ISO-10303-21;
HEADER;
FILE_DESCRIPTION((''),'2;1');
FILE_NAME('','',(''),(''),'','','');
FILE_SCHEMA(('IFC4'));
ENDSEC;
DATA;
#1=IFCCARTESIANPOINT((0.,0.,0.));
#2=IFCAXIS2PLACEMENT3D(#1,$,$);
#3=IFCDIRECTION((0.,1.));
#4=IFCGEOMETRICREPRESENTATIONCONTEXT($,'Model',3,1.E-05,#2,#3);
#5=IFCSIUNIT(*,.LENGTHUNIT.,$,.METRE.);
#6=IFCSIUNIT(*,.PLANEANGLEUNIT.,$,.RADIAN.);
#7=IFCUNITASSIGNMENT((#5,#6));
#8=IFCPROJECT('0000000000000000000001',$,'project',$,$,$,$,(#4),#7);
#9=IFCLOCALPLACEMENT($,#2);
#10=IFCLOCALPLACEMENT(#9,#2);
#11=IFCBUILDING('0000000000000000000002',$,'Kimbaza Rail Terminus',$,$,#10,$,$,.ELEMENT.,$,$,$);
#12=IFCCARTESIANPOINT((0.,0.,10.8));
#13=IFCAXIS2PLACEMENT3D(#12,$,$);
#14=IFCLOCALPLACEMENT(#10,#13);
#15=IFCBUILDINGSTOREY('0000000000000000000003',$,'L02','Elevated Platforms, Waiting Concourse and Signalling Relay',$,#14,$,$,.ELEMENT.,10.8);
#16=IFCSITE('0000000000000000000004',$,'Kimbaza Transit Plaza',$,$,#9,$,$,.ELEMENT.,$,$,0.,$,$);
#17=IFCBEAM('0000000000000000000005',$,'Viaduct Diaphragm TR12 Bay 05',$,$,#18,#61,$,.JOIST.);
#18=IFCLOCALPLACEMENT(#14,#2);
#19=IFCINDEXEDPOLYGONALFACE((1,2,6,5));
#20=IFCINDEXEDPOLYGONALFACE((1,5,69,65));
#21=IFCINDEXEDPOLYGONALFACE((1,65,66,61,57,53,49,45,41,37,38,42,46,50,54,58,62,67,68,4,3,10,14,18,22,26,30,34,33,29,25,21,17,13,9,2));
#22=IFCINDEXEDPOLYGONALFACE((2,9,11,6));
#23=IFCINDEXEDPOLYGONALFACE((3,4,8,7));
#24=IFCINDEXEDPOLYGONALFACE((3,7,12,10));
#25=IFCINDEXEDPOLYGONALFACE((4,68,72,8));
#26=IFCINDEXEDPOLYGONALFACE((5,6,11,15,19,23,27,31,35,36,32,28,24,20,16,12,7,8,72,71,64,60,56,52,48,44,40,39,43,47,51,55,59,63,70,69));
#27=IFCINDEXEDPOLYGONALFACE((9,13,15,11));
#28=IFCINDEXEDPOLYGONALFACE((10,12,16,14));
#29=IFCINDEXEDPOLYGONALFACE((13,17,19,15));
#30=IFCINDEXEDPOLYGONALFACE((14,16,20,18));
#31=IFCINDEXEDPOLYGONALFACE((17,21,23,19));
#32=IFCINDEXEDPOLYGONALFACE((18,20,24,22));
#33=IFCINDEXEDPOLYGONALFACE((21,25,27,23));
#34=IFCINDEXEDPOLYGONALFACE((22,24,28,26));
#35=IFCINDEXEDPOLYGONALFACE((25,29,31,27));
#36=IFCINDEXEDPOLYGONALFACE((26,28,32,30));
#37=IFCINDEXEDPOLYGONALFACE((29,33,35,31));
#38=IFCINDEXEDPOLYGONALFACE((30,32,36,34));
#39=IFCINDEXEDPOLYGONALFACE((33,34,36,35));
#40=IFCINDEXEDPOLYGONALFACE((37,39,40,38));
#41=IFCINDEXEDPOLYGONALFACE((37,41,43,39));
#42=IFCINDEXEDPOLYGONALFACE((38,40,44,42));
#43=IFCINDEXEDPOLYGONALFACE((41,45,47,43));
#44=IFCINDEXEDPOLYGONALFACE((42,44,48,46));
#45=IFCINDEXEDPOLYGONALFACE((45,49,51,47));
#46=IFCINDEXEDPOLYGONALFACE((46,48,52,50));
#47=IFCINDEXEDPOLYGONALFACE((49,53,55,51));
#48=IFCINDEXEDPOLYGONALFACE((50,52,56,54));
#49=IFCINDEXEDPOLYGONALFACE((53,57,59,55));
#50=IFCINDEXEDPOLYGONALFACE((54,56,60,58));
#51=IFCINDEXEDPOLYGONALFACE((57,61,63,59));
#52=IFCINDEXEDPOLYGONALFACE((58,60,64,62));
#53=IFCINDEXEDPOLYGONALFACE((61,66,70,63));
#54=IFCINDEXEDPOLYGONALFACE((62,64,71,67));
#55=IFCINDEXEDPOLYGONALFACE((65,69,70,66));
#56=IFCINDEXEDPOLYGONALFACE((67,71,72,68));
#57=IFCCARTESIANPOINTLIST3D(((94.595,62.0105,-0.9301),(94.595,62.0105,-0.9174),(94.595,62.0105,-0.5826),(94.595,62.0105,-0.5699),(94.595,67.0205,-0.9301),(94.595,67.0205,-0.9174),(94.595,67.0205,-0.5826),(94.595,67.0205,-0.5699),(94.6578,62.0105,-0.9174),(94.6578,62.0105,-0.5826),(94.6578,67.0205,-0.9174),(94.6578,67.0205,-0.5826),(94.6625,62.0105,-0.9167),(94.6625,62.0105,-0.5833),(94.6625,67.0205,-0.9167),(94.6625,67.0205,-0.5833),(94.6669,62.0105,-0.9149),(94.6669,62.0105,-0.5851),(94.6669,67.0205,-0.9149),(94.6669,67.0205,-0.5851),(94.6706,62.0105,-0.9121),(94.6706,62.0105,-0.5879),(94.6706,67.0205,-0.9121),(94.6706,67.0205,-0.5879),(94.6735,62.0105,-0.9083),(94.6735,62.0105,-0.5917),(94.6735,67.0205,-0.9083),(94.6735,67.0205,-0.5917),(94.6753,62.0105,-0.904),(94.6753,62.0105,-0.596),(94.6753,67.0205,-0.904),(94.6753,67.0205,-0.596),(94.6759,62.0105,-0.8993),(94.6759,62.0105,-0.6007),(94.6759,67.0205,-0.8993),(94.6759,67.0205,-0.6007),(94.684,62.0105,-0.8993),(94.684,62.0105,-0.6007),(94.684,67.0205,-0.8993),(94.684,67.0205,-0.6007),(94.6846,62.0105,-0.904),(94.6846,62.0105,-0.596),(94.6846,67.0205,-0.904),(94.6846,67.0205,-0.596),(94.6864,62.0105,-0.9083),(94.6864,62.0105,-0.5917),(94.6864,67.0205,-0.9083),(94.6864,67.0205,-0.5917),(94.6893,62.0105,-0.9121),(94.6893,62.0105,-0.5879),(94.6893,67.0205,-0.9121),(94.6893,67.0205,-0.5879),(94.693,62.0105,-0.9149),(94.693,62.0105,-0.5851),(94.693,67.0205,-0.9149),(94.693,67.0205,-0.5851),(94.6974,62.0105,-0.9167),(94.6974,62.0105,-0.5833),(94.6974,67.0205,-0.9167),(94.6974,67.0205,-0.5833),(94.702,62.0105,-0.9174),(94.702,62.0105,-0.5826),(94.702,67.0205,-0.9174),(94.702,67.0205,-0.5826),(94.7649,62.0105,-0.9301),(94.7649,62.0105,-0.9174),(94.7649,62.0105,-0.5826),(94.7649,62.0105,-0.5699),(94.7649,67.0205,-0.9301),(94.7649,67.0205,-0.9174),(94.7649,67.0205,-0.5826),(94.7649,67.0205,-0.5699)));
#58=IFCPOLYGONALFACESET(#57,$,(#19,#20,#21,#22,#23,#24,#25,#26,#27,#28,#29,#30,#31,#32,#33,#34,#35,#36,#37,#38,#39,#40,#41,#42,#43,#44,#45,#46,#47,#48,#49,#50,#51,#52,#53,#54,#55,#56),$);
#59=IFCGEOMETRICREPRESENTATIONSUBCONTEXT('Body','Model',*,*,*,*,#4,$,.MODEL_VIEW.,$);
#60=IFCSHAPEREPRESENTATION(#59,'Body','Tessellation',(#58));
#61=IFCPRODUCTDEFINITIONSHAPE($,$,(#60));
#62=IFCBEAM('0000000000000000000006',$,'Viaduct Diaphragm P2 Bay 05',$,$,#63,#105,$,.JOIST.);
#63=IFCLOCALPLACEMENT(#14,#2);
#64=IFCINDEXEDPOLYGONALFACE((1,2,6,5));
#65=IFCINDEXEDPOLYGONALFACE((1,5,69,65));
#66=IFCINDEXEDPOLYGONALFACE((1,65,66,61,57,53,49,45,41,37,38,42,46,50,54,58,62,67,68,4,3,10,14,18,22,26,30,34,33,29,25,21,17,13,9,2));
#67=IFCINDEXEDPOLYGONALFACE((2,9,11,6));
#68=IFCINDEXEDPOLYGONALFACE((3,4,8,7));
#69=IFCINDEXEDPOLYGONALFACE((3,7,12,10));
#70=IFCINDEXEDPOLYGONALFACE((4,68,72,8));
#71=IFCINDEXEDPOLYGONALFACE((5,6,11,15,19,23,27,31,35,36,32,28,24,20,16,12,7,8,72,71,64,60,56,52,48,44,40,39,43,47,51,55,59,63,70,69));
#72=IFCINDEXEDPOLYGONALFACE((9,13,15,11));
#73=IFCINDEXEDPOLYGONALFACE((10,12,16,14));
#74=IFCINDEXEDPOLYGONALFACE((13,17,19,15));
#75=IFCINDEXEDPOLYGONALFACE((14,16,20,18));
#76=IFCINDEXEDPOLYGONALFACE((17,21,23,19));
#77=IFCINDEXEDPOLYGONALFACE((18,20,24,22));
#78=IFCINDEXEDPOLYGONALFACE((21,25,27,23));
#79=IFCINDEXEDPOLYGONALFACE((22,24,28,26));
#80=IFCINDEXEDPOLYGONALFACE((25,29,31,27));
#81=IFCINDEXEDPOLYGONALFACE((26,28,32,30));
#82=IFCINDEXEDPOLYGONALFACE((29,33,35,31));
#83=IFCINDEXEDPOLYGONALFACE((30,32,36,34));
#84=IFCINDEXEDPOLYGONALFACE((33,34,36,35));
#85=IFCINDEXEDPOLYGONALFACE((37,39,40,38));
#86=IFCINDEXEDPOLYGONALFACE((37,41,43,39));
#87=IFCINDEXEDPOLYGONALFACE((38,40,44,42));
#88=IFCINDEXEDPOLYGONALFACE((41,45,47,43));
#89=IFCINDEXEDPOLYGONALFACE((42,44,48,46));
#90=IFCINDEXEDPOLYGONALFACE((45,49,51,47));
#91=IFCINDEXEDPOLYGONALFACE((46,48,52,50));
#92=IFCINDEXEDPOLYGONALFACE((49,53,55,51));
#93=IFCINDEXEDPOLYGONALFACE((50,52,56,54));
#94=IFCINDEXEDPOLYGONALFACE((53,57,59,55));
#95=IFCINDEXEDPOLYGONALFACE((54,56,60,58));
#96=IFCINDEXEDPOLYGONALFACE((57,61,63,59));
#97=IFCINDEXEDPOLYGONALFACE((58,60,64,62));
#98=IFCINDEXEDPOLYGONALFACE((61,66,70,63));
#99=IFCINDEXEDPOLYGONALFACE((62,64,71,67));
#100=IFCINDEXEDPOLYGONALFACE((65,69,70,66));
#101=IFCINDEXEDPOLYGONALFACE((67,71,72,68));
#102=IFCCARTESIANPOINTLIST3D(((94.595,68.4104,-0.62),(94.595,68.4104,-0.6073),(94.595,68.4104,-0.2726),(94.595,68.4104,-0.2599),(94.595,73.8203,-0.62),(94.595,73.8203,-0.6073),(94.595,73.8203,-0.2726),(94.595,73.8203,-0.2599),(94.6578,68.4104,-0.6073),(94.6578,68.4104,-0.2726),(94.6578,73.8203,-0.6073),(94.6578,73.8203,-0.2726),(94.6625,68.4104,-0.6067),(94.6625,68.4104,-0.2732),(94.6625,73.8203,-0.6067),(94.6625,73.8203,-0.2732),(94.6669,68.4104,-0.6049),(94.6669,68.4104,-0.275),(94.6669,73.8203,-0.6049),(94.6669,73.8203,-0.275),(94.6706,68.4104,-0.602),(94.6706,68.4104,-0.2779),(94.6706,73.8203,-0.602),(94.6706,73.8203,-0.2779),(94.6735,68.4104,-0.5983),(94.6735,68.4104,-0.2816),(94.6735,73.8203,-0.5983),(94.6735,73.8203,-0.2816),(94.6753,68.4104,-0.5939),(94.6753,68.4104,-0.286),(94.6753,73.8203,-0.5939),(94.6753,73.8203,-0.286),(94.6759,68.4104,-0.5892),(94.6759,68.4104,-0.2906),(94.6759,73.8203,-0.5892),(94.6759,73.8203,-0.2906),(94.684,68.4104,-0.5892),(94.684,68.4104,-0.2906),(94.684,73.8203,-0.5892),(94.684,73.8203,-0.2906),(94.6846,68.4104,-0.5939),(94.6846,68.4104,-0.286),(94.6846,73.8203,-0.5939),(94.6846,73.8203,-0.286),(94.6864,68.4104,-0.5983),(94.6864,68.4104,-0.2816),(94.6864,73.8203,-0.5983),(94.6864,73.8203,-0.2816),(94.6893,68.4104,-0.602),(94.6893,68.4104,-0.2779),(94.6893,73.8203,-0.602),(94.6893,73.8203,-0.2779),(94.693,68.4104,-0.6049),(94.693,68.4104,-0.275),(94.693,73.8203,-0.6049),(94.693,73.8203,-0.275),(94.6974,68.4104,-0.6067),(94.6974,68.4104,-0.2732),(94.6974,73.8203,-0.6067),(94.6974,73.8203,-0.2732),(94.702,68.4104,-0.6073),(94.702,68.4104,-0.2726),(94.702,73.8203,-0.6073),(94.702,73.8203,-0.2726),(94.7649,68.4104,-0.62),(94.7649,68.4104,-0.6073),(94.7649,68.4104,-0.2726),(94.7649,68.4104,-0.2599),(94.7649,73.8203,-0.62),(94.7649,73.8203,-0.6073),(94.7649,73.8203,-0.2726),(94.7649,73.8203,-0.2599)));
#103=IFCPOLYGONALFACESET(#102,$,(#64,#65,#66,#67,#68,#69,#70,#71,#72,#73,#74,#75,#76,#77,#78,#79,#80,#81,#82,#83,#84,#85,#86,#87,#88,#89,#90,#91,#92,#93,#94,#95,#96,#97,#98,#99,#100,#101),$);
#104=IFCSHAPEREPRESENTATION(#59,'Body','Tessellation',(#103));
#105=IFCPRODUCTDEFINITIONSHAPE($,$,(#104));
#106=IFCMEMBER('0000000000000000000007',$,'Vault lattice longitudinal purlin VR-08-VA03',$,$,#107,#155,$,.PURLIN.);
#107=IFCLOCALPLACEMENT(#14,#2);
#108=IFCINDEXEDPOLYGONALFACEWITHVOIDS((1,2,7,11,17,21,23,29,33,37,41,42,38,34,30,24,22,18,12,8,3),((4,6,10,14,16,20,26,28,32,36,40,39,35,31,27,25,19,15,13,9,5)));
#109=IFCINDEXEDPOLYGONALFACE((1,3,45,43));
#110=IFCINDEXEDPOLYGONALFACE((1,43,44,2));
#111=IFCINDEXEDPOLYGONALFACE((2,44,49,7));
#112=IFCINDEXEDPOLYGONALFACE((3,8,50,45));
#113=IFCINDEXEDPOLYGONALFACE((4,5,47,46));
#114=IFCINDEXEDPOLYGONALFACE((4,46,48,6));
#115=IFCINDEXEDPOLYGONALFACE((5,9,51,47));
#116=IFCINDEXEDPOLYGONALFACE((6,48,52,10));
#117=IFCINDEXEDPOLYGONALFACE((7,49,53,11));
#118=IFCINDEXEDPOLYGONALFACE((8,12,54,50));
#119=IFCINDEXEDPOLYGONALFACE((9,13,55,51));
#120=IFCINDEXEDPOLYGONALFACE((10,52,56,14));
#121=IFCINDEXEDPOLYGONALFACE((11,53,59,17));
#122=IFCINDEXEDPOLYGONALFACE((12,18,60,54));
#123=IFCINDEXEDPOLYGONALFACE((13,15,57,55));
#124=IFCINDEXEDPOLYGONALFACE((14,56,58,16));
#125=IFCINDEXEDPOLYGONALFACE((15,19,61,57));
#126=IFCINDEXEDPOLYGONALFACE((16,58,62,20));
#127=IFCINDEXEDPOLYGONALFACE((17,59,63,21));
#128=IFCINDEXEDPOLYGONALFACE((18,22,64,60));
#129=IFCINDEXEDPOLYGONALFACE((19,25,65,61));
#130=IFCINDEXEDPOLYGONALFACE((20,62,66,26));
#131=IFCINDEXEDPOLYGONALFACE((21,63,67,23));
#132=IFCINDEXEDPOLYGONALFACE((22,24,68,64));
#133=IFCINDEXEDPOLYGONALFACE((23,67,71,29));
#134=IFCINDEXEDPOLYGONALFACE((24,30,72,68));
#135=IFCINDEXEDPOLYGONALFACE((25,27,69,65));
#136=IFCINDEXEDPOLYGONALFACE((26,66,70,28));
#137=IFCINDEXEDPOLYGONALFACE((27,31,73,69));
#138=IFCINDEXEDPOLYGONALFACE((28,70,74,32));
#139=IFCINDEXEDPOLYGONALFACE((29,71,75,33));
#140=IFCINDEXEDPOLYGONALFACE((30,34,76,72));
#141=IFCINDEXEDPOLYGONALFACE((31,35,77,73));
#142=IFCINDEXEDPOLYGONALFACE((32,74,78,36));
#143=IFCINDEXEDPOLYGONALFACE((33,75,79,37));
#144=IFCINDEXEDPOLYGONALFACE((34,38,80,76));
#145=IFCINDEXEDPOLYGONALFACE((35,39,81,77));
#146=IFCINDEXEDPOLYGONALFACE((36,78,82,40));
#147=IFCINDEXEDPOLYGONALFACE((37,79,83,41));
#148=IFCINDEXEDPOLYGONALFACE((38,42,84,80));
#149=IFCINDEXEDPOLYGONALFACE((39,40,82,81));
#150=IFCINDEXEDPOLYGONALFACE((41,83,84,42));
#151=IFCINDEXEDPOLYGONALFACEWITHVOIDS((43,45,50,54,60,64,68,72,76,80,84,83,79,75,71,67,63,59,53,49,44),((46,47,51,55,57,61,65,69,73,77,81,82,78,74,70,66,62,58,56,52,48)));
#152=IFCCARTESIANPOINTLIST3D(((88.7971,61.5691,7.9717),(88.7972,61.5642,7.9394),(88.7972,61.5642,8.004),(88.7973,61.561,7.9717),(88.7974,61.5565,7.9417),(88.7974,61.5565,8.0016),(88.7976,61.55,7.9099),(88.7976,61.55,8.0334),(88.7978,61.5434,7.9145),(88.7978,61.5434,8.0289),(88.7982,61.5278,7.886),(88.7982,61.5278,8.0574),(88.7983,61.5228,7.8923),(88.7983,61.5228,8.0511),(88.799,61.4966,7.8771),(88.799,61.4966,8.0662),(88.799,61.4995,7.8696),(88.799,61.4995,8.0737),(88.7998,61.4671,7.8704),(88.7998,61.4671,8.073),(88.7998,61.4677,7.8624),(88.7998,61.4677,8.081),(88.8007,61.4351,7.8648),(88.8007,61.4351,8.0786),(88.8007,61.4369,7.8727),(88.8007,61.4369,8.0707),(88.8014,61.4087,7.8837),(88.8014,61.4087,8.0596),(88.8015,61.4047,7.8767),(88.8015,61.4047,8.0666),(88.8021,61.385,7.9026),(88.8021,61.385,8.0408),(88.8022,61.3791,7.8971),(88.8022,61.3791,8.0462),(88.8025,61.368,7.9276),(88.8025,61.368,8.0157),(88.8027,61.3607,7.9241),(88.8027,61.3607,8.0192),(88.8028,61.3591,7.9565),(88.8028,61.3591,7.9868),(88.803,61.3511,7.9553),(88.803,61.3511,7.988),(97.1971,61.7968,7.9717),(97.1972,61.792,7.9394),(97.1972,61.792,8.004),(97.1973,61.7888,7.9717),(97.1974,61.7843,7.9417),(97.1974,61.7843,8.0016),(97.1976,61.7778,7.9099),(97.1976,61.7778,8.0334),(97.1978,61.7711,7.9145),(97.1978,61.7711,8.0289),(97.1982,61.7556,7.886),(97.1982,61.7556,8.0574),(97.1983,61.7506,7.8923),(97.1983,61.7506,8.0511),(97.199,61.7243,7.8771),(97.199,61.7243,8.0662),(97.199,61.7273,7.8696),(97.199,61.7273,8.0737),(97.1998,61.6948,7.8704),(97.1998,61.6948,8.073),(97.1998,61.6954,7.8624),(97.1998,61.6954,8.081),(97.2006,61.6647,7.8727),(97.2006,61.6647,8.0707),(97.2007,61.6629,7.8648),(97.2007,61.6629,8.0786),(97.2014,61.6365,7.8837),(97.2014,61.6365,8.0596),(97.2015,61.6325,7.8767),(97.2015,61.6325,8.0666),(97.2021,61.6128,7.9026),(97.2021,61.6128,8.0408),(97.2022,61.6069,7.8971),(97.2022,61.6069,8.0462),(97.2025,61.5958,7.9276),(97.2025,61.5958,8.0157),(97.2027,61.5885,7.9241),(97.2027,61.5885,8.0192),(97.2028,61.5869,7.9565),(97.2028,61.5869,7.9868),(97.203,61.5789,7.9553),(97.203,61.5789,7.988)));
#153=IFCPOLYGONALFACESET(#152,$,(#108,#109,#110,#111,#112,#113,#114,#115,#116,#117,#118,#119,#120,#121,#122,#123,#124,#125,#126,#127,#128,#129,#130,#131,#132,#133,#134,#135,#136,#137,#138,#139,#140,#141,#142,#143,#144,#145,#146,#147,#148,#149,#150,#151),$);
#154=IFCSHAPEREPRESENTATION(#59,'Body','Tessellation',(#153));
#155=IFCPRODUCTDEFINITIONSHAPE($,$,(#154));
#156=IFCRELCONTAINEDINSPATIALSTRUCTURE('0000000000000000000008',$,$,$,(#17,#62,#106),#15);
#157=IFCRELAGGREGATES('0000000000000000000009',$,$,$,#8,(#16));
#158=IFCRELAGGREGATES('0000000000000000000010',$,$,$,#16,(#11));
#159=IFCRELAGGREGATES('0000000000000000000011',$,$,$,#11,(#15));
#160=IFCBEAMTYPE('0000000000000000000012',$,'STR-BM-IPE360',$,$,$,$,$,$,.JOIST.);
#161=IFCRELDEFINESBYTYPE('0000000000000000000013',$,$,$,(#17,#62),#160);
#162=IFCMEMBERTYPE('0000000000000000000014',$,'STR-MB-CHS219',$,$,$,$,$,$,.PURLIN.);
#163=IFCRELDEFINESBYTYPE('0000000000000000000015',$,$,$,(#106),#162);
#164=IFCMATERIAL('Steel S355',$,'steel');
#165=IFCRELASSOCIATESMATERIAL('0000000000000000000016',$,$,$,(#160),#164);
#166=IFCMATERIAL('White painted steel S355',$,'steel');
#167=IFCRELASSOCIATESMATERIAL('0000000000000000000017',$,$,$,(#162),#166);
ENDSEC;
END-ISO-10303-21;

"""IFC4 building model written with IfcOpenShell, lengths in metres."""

from ifc_helpers import new_model, si_unit, direction, frame, origin, origin_2d, place, context, subcontext, project, spatial, hollow_circle, i_section, extrude, material, material_profile, profile_set, type_object, element, save


model = new_model("IFC4")

# Units and contexts
model_context = context("Model", 3, precision=1e-05, world=origin(), true_north=direction((0.0, 1.0)))
body_context = subcontext(model_context, "Body", "Model", "MODEL_VIEW")
ifc_project = project(units=[si_unit("LENGTHUNIT", "METRE"), si_unit("PLANEANGLEUNIT", "RADIAN")], contexts=[model_context])

# Site, building, storey
site_placement = place(None, origin())
site = spatial("IfcSite", under=ifc_project, at=site_placement, Name="Kimbaza Transit Plaza", CompositionType="ELEMENT", RefElevation=0.0)
building_placement = place(site_placement, origin())
building = spatial("IfcBuilding", under=site, at=building_placement, Name="Kimbaza Rail Terminus", CompositionType="ELEMENT")
storey_placement = place(building_placement, frame((0.0, 0.0, 10.8)))
storey = spatial("IfcBuildingStorey", under=building, at=storey_placement, Name="L02", Description="Elevated Platforms, Waiting Concourse and Signalling Relay", CompositionType="ELEMENT", Elevation=10.8)

# Beams
ifc_material_1 = material(Name="Steel S355", Category="steel")
ifc_material_profile_1 = material_profile(ifc_material_1, i_section(OverallWidth=0.1699, OverallDepth=0.3601, WebThickness=0.0081, FlangeThickness=0.0127, FilletRadius=0.0181, at=origin_2d()), Name="IPE 360")
ifc_profile_set_1 = profile_set([ifc_material_profile_1], Name="Steel S355")
beam_type_1 = type_object("IfcBeamType", Name="STR-BM-IPE360", PredefinedType="JOIST", material=ifc_profile_set_1)
beam_1_placement = place(storey_placement, frame((94.6799, 62.0105, -0.75), z_axis=(0.0, 1.0, 0.0), x_axis=(-1.0, 0.0, 0.0)))
element("IfcBeam", 1, at=beam_1_placement, inside=storey, type_object=beam_type_1, Name="Viaduct Diaphragm TR12 Bay 05", PredefinedType="JOIST", context=body_context, shape_type="SweptSolid", body=[
    extrude(i_section(OverallWidth=0.1699, OverallDepth=0.3601, WebThickness=0.0081, FlangeThickness=0.0127, FilletRadius=0.0181, at=origin_2d()), origin(), (0.0, 0.0, 1.0), 5.01),
])
beam_2_placement = place(storey_placement, frame((94.6799, 68.4104, -0.4399), z_axis=(0.0, 1.0, 0.0), x_axis=(-1.0, 0.0, 0.0)))
element("IfcBeam", 2, at=beam_2_placement, inside=storey, type_object=beam_type_1, Name="Viaduct Diaphragm P2 Bay 05", PredefinedType="JOIST", context=body_context, shape_type="SweptSolid", body=[
    extrude(i_section(OverallWidth=0.1699, OverallDepth=0.3601, WebThickness=0.0081, FlangeThickness=0.0127, FilletRadius=0.0181, at=origin_2d()), origin(), (0.0, 0.0, 1.0), 5.4099),
])

# Member
ifc_material_2 = material(Name="White painted steel S355", Category="steel")
ifc_material_profile_2 = material_profile(ifc_material_2, hollow_circle(Radius=0.1096, WallThickness=0.0081, at=origin_2d()), Name="CHS 219.1x8")
ifc_profile_set_2 = profile_set([ifc_material_profile_2], Name="White painted steel S355")
member_type_1 = type_object("IfcMemberType", Name="STR-MB-CHS219", PredefinedType="PURLIN", material=ifc_profile_set_2)
for number, where, z_axis, x_axis, name in (
    (3, (88.8, 61.4595, 7.9717), (0.999633, 0.027107, 0.0), (-0.027107, 0.999633, 0.0), "Vault lattice longitudinal purlin VR-08-VA03"),
):
    element("IfcMember", number, at=place(storey_placement, frame(where, z_axis=z_axis, x_axis=x_axis)), inside=storey, type_object=member_type_1, Name=name, PredefinedType="PURLIN", context=body_context, shape_type="SweptSolid", body=[
        extrude(hollow_circle(Radius=0.1096, WallThickness=0.0081, at=origin_2d()), origin(), (0.0, 0.0, 1.0), 8.4031),
    ])

save(model, "model.ifc")
